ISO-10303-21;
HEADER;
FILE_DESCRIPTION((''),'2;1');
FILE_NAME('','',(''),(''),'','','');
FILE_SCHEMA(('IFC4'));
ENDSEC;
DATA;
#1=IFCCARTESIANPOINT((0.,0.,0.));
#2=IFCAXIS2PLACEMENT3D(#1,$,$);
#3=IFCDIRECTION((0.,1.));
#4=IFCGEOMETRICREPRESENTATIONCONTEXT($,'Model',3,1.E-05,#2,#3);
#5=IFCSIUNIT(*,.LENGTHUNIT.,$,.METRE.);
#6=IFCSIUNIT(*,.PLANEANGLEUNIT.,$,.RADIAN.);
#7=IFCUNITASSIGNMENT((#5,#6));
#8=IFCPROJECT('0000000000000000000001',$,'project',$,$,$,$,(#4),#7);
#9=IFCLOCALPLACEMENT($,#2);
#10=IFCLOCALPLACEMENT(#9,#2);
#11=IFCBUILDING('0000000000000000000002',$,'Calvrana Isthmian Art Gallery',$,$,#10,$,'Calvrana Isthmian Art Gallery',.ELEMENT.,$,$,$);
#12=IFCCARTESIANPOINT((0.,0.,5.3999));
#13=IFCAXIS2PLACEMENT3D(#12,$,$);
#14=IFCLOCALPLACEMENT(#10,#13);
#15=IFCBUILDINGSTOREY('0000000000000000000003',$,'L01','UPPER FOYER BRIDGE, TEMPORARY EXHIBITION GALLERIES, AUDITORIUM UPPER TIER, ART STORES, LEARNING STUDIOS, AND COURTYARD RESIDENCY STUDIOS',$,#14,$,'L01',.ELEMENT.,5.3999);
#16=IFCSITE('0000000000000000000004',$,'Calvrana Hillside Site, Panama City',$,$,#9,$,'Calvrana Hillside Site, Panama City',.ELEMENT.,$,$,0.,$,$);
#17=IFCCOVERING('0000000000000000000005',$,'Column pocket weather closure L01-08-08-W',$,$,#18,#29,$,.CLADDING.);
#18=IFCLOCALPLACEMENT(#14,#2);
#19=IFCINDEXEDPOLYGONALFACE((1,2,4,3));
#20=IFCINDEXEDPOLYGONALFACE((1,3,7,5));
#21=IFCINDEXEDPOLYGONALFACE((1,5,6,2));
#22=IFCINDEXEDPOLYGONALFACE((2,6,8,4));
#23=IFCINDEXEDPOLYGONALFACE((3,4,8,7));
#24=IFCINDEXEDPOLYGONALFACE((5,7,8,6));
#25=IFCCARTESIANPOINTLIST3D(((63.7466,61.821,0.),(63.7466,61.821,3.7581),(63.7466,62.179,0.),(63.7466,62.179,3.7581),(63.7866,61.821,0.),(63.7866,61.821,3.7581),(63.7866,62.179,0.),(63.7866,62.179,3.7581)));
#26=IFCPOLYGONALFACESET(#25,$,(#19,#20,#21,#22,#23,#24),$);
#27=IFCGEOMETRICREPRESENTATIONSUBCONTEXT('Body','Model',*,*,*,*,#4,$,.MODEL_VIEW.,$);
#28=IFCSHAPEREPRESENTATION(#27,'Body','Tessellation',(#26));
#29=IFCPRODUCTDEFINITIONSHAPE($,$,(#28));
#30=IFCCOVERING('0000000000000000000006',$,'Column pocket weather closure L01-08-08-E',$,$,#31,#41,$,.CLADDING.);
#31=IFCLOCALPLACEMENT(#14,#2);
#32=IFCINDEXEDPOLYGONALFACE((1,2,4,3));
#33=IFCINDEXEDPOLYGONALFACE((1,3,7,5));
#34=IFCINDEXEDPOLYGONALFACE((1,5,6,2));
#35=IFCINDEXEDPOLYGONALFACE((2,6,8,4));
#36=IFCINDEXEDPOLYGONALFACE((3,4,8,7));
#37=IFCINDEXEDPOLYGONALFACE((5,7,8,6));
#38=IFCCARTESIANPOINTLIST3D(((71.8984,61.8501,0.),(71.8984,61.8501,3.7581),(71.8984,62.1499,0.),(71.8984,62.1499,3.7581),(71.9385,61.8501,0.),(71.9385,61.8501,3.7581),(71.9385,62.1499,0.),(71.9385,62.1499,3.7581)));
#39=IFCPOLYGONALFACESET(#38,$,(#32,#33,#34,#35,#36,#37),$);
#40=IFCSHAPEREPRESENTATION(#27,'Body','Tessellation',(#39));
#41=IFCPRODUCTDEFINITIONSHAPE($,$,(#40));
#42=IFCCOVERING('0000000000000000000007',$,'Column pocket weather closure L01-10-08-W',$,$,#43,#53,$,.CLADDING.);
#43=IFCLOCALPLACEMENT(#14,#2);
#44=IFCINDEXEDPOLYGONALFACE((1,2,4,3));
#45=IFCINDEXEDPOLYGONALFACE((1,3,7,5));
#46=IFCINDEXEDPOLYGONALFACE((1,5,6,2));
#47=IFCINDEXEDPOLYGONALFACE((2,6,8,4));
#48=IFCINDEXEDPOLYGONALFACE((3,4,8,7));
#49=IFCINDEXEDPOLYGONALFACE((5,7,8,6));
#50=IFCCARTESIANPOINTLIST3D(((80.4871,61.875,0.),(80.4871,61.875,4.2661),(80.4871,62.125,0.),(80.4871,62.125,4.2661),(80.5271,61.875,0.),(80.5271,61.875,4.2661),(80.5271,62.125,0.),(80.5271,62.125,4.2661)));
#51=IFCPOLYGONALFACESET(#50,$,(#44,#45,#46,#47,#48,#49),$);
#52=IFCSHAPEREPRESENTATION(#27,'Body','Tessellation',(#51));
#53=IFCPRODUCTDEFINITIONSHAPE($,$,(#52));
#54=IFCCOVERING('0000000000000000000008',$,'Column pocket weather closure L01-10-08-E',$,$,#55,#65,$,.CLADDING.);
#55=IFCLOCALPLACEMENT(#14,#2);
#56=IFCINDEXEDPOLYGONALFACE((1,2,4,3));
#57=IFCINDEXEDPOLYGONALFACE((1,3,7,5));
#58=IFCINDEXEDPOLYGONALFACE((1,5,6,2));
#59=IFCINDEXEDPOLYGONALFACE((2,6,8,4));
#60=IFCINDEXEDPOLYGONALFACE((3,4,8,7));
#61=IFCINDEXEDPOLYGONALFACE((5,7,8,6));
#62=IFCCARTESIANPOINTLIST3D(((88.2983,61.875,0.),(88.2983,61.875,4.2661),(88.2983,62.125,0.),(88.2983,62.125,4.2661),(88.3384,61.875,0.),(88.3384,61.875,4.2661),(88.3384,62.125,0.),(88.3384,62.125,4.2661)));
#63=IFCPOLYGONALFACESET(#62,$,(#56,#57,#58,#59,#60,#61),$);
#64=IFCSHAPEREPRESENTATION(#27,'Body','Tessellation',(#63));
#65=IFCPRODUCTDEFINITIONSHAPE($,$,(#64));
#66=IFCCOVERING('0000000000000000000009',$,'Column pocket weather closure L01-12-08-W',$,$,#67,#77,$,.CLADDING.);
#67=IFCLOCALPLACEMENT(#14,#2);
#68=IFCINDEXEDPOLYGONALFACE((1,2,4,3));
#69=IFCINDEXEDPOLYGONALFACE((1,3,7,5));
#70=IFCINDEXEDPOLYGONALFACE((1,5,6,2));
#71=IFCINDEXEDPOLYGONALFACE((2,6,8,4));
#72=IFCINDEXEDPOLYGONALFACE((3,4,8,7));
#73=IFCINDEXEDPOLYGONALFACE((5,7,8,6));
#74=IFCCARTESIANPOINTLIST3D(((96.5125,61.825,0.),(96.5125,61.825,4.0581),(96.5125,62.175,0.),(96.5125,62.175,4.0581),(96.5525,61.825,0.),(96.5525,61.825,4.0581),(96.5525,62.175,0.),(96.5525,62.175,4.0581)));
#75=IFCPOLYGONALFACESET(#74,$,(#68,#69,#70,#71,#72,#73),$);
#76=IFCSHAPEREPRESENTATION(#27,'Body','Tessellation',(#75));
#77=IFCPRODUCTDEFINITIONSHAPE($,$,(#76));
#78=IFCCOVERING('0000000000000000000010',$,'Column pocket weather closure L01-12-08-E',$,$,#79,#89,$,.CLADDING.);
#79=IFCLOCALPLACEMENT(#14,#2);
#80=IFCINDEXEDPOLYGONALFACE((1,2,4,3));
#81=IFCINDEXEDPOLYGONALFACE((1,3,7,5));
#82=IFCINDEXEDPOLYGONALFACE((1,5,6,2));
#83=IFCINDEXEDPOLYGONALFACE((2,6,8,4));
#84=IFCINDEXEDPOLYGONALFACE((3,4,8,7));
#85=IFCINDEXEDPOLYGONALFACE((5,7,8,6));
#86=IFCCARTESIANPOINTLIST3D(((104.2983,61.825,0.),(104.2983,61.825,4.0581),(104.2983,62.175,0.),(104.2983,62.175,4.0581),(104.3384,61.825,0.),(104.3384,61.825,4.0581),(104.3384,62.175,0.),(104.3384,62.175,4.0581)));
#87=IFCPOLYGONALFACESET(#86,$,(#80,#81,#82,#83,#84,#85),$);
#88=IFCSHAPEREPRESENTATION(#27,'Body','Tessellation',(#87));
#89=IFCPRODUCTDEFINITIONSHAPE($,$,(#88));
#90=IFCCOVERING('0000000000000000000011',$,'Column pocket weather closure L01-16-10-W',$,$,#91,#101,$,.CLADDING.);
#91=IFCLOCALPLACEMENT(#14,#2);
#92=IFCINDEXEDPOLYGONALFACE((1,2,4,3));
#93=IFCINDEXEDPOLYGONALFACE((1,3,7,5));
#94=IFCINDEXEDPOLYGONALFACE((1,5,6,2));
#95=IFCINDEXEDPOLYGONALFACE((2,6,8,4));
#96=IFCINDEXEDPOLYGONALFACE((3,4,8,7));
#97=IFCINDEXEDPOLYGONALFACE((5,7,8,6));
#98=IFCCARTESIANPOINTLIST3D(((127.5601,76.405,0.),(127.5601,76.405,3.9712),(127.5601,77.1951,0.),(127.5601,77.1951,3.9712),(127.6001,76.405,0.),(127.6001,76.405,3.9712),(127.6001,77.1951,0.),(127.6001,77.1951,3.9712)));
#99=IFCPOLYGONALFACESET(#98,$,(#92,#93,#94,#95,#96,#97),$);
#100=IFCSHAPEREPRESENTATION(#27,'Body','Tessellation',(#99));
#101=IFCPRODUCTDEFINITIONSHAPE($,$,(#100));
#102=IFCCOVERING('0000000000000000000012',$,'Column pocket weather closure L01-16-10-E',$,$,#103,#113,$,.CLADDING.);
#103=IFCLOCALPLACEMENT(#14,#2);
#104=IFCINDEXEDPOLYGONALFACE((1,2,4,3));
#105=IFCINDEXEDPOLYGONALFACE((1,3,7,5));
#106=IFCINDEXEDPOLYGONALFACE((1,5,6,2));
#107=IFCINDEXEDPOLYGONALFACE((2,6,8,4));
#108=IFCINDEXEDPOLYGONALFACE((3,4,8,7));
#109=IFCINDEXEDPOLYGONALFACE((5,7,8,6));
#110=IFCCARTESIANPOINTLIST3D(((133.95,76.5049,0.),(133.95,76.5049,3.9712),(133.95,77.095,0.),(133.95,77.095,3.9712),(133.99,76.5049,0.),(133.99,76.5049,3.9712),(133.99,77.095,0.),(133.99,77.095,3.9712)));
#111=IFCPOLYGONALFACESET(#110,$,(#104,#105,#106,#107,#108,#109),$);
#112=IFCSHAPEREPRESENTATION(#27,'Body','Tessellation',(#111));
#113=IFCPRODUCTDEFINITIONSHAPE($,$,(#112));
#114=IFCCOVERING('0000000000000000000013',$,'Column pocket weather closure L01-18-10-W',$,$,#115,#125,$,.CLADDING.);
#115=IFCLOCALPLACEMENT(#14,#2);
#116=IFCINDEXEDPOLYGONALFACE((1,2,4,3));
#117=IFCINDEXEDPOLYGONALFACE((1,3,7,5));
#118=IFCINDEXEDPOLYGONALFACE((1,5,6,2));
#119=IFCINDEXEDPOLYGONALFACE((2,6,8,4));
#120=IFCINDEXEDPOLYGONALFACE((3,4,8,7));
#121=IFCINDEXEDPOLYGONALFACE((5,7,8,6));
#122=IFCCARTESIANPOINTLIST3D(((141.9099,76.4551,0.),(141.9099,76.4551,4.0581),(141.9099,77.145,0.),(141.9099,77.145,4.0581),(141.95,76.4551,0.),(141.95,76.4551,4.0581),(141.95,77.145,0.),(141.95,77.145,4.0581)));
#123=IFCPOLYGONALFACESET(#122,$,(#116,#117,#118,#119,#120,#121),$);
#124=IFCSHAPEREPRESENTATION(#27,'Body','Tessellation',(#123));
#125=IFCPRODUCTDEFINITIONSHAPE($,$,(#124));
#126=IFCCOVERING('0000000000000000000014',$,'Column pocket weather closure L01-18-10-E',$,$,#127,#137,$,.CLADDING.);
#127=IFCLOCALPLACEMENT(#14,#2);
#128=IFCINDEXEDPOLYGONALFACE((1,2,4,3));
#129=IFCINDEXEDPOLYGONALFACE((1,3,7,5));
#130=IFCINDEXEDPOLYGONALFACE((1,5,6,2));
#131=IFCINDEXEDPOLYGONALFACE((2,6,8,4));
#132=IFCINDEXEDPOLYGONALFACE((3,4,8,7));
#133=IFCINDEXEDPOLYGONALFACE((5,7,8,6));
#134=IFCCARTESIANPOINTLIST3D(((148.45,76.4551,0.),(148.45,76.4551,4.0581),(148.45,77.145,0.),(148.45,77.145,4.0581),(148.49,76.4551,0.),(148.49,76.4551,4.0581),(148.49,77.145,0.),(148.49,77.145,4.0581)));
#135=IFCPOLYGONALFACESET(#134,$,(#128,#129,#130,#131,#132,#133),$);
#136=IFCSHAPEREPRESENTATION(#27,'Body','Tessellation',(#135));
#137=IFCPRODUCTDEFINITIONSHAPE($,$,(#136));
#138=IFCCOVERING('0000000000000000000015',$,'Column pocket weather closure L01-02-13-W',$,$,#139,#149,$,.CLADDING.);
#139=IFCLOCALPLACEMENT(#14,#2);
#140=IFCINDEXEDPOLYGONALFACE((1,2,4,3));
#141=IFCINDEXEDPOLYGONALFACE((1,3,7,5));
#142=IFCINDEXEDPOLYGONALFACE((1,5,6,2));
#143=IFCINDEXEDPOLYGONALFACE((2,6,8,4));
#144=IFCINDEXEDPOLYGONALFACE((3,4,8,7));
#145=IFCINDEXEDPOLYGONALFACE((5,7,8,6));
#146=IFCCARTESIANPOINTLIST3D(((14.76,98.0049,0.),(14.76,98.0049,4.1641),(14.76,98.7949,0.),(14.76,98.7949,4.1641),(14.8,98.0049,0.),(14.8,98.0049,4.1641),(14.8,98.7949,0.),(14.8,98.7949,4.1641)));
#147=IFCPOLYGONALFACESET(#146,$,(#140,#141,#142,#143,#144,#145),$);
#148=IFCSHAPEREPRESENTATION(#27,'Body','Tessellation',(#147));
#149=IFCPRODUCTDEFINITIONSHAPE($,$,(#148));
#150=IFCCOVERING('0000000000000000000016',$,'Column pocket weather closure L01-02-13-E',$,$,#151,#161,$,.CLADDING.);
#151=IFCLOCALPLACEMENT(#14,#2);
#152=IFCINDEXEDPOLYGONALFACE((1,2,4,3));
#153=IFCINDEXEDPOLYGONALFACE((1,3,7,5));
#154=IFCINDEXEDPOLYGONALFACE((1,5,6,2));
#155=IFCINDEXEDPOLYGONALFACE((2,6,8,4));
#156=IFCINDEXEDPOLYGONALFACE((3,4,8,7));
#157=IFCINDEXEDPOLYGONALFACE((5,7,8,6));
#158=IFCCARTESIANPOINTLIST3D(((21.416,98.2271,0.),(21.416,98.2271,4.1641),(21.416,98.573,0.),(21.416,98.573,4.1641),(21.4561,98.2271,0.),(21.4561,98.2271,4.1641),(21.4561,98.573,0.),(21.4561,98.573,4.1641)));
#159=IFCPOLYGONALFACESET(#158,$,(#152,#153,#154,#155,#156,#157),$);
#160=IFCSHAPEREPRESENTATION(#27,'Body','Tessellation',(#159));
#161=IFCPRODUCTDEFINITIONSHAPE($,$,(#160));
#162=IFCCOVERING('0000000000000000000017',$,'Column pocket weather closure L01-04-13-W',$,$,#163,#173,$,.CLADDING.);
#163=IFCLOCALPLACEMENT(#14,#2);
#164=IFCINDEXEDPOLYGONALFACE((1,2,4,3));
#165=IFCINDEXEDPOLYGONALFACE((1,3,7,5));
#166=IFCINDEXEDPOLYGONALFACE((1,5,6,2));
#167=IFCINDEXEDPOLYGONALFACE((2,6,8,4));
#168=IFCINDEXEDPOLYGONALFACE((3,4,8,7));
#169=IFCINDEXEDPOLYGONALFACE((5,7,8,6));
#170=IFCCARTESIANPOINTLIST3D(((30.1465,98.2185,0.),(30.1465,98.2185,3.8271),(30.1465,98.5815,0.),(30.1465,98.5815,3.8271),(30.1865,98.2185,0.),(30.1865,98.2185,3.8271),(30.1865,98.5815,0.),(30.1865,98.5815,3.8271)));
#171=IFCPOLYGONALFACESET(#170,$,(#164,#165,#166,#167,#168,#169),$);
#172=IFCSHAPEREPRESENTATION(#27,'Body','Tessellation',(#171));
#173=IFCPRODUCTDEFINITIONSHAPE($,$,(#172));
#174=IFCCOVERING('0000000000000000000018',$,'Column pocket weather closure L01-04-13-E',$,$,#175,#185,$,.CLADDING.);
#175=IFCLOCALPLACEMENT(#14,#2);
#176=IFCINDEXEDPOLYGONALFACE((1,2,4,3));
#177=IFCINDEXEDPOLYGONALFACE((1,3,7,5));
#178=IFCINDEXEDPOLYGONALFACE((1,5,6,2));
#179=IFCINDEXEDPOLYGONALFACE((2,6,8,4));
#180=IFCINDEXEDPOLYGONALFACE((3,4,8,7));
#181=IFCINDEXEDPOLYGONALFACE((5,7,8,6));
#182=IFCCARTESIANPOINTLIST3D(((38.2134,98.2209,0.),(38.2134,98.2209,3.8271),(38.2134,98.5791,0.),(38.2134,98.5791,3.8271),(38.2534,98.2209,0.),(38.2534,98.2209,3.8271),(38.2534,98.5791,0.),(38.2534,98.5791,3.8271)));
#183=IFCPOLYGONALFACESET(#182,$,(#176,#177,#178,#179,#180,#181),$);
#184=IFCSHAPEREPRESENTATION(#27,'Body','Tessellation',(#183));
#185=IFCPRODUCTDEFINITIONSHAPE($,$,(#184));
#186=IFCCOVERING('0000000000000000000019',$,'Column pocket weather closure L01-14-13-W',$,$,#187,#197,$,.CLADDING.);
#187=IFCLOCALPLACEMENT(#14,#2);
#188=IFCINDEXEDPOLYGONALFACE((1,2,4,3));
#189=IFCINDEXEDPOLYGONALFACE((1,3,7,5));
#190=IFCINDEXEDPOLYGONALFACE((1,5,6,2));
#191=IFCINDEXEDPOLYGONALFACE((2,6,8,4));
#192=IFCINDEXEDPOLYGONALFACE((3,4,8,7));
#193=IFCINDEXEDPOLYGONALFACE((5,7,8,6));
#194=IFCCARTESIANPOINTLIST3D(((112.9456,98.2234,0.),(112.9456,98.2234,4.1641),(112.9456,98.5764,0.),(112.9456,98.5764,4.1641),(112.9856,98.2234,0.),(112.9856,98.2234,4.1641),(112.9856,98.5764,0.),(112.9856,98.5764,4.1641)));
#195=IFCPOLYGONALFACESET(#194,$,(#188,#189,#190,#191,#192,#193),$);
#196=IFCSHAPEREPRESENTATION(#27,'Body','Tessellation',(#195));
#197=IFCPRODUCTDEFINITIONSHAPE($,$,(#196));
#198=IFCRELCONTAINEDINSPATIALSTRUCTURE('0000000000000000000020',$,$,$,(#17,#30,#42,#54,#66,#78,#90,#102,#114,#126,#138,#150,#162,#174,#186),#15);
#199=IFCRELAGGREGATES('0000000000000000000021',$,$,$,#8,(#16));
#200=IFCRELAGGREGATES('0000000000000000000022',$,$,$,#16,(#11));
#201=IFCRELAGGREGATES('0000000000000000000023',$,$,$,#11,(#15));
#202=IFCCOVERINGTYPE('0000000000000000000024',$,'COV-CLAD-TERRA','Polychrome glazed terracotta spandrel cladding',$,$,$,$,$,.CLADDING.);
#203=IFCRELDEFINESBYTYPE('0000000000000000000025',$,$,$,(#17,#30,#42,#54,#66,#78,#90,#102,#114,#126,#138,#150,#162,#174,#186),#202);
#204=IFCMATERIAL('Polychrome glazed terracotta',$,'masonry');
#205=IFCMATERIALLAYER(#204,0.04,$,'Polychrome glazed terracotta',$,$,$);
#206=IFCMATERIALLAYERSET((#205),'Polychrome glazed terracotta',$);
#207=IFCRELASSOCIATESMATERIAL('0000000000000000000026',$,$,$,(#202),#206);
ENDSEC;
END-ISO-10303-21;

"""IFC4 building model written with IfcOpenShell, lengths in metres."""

from ifc_helpers import new_model, si_unit, direction, frame, origin, place, context, subcontext, project, spatial, polyline, outline, extrude, material, layer, layer_set, type_object, element, save


model = new_model("IFC4")

# Units and contexts
model_context = context("Model", 3, precision=1e-05, world=origin(), true_north=direction((0.0, 1.0)))
body_context = subcontext(model_context, "Body", "Model", "MODEL_VIEW")
ifc_project = project(units=[si_unit("LENGTHUNIT", "METRE"), si_unit("PLANEANGLEUNIT", "RADIAN")], contexts=[model_context])

# Site, building, storey
site_placement = place(None, origin())
site = spatial("IfcSite", under=ifc_project, at=site_placement, Name="Calvrana Hillside Site, Panama City", LongName="Calvrana Hillside Site, Panama City", CompositionType="ELEMENT", RefElevation=0.0)
building_placement = place(site_placement, origin())
building = spatial("IfcBuilding", under=site, at=building_placement, Name="Calvrana Isthmian Art Gallery", LongName="Calvrana Isthmian Art Gallery", CompositionType="ELEMENT")
storey_placement = place(building_placement, frame((0.0, 0.0, 5.3999)))
storey = spatial("IfcBuildingStorey", under=building, at=storey_placement, Name="L01", Description="UPPER FOYER BRIDGE, TEMPORARY EXHIBITION GALLERIES, AUDITORIUM UPPER TIER, ART STORES, LEARNING STUDIOS, AND COURTYARD RESIDENCY STUDIOS", LongName="L01", CompositionType="ELEMENT", Elevation=5.3999)

# Coverings
ifc_material_1 = material(Name="Polychrome glazed terracotta", Category="masonry")
ifc_layer_1 = layer(ifc_material_1, 0.04, Name="Polychrome glazed terracotta")
ifc_layer_set_1 = layer_set([ifc_layer_1], Name="Polychrome glazed terracotta")
covering_type_1 = type_object("IfcCoveringType", Name="COV-CLAD-TERRA", Description="Polychrome glazed terracotta spandrel cladding", PredefinedType="CLADDING", material=ifc_layer_set_1)
covering_1_placement = place(storey_placement, origin())
element("IfcCovering", 1, at=covering_1_placement, inside=storey, type_object=covering_type_1, Name="Column pocket weather closure L01-08-08-W", PredefinedType="CLADDING", context=body_context, shape_type="SweptSolid", body=[
    extrude(outline(polyline([(63.7466, 61.821), (63.7866, 61.821), (63.7866, 62.179), (63.7466, 62.179), (63.7466, 61.821)])), origin(), (0.0, 0.0, 1.0), 3.7581),
])
covering_2_placement = place(storey_placement, origin())
element("IfcCovering", 2, at=covering_2_placement, inside=storey, type_object=covering_type_1, Name="Column pocket weather closure L01-08-08-E", PredefinedType="CLADDING", context=body_context, shape_type="SweptSolid", body=[
    extrude(outline(polyline([(71.8984, 61.8501), (71.9385, 61.8501), (71.9385, 62.1499), (71.8984, 62.1499), (71.8984, 61.8501)])), origin(), (0.0, 0.0, 1.0), 3.7581),
])
covering_3_placement = place(storey_placement, origin())
element("IfcCovering", 3, at=covering_3_placement, inside=storey, type_object=covering_type_1, Name="Column pocket weather closure L01-10-08-W", PredefinedType="CLADDING", context=body_context, shape_type="SweptSolid", body=[
    extrude(outline(polyline([(80.4871, 61.875), (80.5271, 61.875), (80.5271, 62.125), (80.4871, 62.125), (80.4871, 61.875)])), origin(), (0.0, 0.0, 1.0), 4.2661),
])
covering_4_placement = place(storey_placement, origin())
element("IfcCovering", 4, at=covering_4_placement, inside=storey, type_object=covering_type_1, Name="Column pocket weather closure L01-10-08-E", PredefinedType="CLADDING", context=body_context, shape_type="SweptSolid", body=[
    extrude(outline(polyline([(88.2983, 61.875), (88.3384, 61.875), (88.3384, 62.125), (88.2983, 62.125), (88.2983, 61.875)])), origin(), (0.0, 0.0, 1.0), 4.2661),
])
covering_5_placement = place(storey_placement, origin())
element("IfcCovering", 5, at=covering_5_placement, inside=storey, type_object=covering_type_1, Name="Column pocket weather closure L01-12-08-W", PredefinedType="CLADDING", context=body_context, shape_type="SweptSolid", body=[
    extrude(outline(polyline([(96.5125, 61.825), (96.5525, 61.825), (96.5525, 62.175), (96.5125, 62.175), (96.5125, 61.825)])), origin(), (0.0, 0.0, 1.0), 4.0581),
])
covering_6_placement = place(storey_placement, origin())
element("IfcCovering", 6, at=covering_6_placement, inside=storey, type_object=covering_type_1, Name="Column pocket weather closure L01-12-08-E", PredefinedType="CLADDING", context=body_context, shape_type="SweptSolid", body=[
    extrude(outline(polyline([(104.2983, 61.825), (104.3384, 61.825), (104.3384, 62.175), (104.2983, 62.175), (104.2983, 61.825)])), origin(), (0.0, 0.0, 1.0), 4.0581),
])
covering_7_placement = place(storey_placement, origin())
element("IfcCovering", 7, at=covering_7_placement, inside=storey, type_object=covering_type_1, Name="Column pocket weather closure L01-16-10-W", PredefinedType="CLADDING", context=body_context, shape_type="SweptSolid", body=[
    extrude(outline(polyline([(127.5601, 76.405), (127.6001, 76.405), (127.6001, 77.1951), (127.5601, 77.1951), (127.5601, 76.405)])), origin(), (0.0, 0.0, 1.0), 3.9712),
])
covering_8_placement = place(storey_placement, origin())
element("IfcCovering", 8, at=covering_8_placement, inside=storey, type_object=covering_type_1, Name="Column pocket weather closure L01-16-10-E", PredefinedType="CLADDING", context=body_context, shape_type="SweptSolid", body=[
    extrude(outline(polyline([(133.95, 76.5049), (133.99, 76.5049), (133.99, 77.095), (133.95, 77.095), (133.95, 76.5049)])), origin(), (0.0, 0.0, 1.0), 3.9712),
])
covering_9_placement = place(storey_placement, origin())
element("IfcCovering", 9, at=covering_9_placement, inside=storey, type_object=covering_type_1, Name="Column pocket weather closure L01-18-10-W", PredefinedType="CLADDING", context=body_context, shape_type="SweptSolid", body=[
    extrude(outline(polyline([(141.9099, 76.4551), (141.95, 76.4551), (141.95, 77.145), (141.9099, 77.145), (141.9099, 76.4551)])), origin(), (0.0, 0.0, 1.0), 4.0581),
])
covering_10_placement = place(storey_placement, origin())
element("IfcCovering", 10, at=covering_10_placement, inside=storey, type_object=covering_type_1, Name="Column pocket weather closure L01-18-10-E", PredefinedType="CLADDING", context=body_context, shape_type="SweptSolid", body=[
    extrude(outline(polyline([(148.45, 76.4551), (148.49, 76.4551), (148.49, 77.145), (148.45, 77.145), (148.45, 76.4551)])), origin(), (0.0, 0.0, 1.0), 4.0581),
])
covering_11_placement = place(storey_placement, origin())
element("IfcCovering", 11, at=covering_11_placement, inside=storey, type_object=covering_type_1, Name="Column pocket weather closure L01-02-13-W", PredefinedType="CLADDING", context=body_context, shape_type="SweptSolid", body=[
    extrude(outline(polyline([(14.76, 98.0049), (14.8, 98.0049), (14.8, 98.7949), (14.76, 98.7949), (14.76, 98.0049)])), origin(), (0.0, 0.0, 1.0), 4.1641),
])
covering_12_placement = place(storey_placement, origin())
element("IfcCovering", 12, at=covering_12_placement, inside=storey, type_object=covering_type_1, Name="Column pocket weather closure L01-02-13-E", PredefinedType="CLADDING", context=body_context, shape_type="SweptSolid", body=[
    extrude(outline(polyline([(21.416, 98.2271), (21.4561, 98.2271), (21.4561, 98.573), (21.416, 98.573), (21.416, 98.2271)])), origin(), (0.0, 0.0, 1.0), 4.1641),
])
covering_13_placement = place(storey_placement, origin())
element("IfcCovering", 13, at=covering_13_placement, inside=storey, type_object=covering_type_1, Name="Column pocket weather closure L01-04-13-W", PredefinedType="CLADDING", context=body_context, shape_type="SweptSolid", body=[
    extrude(outline(polyline([(30.1465, 98.2185), (30.1865, 98.2185), (30.1865, 98.5815), (30.1465, 98.5815), (30.1465, 98.2185)])), origin(), (0.0, 0.0, 1.0), 3.8271),
])
covering_14_placement = place(storey_placement, origin())
element("IfcCovering", 14, at=covering_14_placement, inside=storey, type_object=covering_type_1, Name="Column pocket weather closure L01-04-13-E", PredefinedType="CLADDING", context=body_context, shape_type="SweptSolid", body=[
    extrude(outline(polyline([(38.2134, 98.2209), (38.2534, 98.2209), (38.2534, 98.5791), (38.2134, 98.5791), (38.2134, 98.2209)])), origin(), (0.0, 0.0, 1.0), 3.8271),
])
covering_15_placement = place(storey_placement, origin())
element("IfcCovering", 15, at=covering_15_placement, inside=storey, type_object=covering_type_1, Name="Column pocket weather closure L01-14-13-W", PredefinedType="CLADDING", context=body_context, shape_type="SweptSolid", body=[
    extrude(outline(polyline([(112.9456, 98.2234), (112.9856, 98.2234), (112.9856, 98.5764), (112.9456, 98.5764), (112.9456, 98.2234)])), origin(), (0.0, 0.0, 1.0), 4.1641),
])

save(model, "model.ifc")
